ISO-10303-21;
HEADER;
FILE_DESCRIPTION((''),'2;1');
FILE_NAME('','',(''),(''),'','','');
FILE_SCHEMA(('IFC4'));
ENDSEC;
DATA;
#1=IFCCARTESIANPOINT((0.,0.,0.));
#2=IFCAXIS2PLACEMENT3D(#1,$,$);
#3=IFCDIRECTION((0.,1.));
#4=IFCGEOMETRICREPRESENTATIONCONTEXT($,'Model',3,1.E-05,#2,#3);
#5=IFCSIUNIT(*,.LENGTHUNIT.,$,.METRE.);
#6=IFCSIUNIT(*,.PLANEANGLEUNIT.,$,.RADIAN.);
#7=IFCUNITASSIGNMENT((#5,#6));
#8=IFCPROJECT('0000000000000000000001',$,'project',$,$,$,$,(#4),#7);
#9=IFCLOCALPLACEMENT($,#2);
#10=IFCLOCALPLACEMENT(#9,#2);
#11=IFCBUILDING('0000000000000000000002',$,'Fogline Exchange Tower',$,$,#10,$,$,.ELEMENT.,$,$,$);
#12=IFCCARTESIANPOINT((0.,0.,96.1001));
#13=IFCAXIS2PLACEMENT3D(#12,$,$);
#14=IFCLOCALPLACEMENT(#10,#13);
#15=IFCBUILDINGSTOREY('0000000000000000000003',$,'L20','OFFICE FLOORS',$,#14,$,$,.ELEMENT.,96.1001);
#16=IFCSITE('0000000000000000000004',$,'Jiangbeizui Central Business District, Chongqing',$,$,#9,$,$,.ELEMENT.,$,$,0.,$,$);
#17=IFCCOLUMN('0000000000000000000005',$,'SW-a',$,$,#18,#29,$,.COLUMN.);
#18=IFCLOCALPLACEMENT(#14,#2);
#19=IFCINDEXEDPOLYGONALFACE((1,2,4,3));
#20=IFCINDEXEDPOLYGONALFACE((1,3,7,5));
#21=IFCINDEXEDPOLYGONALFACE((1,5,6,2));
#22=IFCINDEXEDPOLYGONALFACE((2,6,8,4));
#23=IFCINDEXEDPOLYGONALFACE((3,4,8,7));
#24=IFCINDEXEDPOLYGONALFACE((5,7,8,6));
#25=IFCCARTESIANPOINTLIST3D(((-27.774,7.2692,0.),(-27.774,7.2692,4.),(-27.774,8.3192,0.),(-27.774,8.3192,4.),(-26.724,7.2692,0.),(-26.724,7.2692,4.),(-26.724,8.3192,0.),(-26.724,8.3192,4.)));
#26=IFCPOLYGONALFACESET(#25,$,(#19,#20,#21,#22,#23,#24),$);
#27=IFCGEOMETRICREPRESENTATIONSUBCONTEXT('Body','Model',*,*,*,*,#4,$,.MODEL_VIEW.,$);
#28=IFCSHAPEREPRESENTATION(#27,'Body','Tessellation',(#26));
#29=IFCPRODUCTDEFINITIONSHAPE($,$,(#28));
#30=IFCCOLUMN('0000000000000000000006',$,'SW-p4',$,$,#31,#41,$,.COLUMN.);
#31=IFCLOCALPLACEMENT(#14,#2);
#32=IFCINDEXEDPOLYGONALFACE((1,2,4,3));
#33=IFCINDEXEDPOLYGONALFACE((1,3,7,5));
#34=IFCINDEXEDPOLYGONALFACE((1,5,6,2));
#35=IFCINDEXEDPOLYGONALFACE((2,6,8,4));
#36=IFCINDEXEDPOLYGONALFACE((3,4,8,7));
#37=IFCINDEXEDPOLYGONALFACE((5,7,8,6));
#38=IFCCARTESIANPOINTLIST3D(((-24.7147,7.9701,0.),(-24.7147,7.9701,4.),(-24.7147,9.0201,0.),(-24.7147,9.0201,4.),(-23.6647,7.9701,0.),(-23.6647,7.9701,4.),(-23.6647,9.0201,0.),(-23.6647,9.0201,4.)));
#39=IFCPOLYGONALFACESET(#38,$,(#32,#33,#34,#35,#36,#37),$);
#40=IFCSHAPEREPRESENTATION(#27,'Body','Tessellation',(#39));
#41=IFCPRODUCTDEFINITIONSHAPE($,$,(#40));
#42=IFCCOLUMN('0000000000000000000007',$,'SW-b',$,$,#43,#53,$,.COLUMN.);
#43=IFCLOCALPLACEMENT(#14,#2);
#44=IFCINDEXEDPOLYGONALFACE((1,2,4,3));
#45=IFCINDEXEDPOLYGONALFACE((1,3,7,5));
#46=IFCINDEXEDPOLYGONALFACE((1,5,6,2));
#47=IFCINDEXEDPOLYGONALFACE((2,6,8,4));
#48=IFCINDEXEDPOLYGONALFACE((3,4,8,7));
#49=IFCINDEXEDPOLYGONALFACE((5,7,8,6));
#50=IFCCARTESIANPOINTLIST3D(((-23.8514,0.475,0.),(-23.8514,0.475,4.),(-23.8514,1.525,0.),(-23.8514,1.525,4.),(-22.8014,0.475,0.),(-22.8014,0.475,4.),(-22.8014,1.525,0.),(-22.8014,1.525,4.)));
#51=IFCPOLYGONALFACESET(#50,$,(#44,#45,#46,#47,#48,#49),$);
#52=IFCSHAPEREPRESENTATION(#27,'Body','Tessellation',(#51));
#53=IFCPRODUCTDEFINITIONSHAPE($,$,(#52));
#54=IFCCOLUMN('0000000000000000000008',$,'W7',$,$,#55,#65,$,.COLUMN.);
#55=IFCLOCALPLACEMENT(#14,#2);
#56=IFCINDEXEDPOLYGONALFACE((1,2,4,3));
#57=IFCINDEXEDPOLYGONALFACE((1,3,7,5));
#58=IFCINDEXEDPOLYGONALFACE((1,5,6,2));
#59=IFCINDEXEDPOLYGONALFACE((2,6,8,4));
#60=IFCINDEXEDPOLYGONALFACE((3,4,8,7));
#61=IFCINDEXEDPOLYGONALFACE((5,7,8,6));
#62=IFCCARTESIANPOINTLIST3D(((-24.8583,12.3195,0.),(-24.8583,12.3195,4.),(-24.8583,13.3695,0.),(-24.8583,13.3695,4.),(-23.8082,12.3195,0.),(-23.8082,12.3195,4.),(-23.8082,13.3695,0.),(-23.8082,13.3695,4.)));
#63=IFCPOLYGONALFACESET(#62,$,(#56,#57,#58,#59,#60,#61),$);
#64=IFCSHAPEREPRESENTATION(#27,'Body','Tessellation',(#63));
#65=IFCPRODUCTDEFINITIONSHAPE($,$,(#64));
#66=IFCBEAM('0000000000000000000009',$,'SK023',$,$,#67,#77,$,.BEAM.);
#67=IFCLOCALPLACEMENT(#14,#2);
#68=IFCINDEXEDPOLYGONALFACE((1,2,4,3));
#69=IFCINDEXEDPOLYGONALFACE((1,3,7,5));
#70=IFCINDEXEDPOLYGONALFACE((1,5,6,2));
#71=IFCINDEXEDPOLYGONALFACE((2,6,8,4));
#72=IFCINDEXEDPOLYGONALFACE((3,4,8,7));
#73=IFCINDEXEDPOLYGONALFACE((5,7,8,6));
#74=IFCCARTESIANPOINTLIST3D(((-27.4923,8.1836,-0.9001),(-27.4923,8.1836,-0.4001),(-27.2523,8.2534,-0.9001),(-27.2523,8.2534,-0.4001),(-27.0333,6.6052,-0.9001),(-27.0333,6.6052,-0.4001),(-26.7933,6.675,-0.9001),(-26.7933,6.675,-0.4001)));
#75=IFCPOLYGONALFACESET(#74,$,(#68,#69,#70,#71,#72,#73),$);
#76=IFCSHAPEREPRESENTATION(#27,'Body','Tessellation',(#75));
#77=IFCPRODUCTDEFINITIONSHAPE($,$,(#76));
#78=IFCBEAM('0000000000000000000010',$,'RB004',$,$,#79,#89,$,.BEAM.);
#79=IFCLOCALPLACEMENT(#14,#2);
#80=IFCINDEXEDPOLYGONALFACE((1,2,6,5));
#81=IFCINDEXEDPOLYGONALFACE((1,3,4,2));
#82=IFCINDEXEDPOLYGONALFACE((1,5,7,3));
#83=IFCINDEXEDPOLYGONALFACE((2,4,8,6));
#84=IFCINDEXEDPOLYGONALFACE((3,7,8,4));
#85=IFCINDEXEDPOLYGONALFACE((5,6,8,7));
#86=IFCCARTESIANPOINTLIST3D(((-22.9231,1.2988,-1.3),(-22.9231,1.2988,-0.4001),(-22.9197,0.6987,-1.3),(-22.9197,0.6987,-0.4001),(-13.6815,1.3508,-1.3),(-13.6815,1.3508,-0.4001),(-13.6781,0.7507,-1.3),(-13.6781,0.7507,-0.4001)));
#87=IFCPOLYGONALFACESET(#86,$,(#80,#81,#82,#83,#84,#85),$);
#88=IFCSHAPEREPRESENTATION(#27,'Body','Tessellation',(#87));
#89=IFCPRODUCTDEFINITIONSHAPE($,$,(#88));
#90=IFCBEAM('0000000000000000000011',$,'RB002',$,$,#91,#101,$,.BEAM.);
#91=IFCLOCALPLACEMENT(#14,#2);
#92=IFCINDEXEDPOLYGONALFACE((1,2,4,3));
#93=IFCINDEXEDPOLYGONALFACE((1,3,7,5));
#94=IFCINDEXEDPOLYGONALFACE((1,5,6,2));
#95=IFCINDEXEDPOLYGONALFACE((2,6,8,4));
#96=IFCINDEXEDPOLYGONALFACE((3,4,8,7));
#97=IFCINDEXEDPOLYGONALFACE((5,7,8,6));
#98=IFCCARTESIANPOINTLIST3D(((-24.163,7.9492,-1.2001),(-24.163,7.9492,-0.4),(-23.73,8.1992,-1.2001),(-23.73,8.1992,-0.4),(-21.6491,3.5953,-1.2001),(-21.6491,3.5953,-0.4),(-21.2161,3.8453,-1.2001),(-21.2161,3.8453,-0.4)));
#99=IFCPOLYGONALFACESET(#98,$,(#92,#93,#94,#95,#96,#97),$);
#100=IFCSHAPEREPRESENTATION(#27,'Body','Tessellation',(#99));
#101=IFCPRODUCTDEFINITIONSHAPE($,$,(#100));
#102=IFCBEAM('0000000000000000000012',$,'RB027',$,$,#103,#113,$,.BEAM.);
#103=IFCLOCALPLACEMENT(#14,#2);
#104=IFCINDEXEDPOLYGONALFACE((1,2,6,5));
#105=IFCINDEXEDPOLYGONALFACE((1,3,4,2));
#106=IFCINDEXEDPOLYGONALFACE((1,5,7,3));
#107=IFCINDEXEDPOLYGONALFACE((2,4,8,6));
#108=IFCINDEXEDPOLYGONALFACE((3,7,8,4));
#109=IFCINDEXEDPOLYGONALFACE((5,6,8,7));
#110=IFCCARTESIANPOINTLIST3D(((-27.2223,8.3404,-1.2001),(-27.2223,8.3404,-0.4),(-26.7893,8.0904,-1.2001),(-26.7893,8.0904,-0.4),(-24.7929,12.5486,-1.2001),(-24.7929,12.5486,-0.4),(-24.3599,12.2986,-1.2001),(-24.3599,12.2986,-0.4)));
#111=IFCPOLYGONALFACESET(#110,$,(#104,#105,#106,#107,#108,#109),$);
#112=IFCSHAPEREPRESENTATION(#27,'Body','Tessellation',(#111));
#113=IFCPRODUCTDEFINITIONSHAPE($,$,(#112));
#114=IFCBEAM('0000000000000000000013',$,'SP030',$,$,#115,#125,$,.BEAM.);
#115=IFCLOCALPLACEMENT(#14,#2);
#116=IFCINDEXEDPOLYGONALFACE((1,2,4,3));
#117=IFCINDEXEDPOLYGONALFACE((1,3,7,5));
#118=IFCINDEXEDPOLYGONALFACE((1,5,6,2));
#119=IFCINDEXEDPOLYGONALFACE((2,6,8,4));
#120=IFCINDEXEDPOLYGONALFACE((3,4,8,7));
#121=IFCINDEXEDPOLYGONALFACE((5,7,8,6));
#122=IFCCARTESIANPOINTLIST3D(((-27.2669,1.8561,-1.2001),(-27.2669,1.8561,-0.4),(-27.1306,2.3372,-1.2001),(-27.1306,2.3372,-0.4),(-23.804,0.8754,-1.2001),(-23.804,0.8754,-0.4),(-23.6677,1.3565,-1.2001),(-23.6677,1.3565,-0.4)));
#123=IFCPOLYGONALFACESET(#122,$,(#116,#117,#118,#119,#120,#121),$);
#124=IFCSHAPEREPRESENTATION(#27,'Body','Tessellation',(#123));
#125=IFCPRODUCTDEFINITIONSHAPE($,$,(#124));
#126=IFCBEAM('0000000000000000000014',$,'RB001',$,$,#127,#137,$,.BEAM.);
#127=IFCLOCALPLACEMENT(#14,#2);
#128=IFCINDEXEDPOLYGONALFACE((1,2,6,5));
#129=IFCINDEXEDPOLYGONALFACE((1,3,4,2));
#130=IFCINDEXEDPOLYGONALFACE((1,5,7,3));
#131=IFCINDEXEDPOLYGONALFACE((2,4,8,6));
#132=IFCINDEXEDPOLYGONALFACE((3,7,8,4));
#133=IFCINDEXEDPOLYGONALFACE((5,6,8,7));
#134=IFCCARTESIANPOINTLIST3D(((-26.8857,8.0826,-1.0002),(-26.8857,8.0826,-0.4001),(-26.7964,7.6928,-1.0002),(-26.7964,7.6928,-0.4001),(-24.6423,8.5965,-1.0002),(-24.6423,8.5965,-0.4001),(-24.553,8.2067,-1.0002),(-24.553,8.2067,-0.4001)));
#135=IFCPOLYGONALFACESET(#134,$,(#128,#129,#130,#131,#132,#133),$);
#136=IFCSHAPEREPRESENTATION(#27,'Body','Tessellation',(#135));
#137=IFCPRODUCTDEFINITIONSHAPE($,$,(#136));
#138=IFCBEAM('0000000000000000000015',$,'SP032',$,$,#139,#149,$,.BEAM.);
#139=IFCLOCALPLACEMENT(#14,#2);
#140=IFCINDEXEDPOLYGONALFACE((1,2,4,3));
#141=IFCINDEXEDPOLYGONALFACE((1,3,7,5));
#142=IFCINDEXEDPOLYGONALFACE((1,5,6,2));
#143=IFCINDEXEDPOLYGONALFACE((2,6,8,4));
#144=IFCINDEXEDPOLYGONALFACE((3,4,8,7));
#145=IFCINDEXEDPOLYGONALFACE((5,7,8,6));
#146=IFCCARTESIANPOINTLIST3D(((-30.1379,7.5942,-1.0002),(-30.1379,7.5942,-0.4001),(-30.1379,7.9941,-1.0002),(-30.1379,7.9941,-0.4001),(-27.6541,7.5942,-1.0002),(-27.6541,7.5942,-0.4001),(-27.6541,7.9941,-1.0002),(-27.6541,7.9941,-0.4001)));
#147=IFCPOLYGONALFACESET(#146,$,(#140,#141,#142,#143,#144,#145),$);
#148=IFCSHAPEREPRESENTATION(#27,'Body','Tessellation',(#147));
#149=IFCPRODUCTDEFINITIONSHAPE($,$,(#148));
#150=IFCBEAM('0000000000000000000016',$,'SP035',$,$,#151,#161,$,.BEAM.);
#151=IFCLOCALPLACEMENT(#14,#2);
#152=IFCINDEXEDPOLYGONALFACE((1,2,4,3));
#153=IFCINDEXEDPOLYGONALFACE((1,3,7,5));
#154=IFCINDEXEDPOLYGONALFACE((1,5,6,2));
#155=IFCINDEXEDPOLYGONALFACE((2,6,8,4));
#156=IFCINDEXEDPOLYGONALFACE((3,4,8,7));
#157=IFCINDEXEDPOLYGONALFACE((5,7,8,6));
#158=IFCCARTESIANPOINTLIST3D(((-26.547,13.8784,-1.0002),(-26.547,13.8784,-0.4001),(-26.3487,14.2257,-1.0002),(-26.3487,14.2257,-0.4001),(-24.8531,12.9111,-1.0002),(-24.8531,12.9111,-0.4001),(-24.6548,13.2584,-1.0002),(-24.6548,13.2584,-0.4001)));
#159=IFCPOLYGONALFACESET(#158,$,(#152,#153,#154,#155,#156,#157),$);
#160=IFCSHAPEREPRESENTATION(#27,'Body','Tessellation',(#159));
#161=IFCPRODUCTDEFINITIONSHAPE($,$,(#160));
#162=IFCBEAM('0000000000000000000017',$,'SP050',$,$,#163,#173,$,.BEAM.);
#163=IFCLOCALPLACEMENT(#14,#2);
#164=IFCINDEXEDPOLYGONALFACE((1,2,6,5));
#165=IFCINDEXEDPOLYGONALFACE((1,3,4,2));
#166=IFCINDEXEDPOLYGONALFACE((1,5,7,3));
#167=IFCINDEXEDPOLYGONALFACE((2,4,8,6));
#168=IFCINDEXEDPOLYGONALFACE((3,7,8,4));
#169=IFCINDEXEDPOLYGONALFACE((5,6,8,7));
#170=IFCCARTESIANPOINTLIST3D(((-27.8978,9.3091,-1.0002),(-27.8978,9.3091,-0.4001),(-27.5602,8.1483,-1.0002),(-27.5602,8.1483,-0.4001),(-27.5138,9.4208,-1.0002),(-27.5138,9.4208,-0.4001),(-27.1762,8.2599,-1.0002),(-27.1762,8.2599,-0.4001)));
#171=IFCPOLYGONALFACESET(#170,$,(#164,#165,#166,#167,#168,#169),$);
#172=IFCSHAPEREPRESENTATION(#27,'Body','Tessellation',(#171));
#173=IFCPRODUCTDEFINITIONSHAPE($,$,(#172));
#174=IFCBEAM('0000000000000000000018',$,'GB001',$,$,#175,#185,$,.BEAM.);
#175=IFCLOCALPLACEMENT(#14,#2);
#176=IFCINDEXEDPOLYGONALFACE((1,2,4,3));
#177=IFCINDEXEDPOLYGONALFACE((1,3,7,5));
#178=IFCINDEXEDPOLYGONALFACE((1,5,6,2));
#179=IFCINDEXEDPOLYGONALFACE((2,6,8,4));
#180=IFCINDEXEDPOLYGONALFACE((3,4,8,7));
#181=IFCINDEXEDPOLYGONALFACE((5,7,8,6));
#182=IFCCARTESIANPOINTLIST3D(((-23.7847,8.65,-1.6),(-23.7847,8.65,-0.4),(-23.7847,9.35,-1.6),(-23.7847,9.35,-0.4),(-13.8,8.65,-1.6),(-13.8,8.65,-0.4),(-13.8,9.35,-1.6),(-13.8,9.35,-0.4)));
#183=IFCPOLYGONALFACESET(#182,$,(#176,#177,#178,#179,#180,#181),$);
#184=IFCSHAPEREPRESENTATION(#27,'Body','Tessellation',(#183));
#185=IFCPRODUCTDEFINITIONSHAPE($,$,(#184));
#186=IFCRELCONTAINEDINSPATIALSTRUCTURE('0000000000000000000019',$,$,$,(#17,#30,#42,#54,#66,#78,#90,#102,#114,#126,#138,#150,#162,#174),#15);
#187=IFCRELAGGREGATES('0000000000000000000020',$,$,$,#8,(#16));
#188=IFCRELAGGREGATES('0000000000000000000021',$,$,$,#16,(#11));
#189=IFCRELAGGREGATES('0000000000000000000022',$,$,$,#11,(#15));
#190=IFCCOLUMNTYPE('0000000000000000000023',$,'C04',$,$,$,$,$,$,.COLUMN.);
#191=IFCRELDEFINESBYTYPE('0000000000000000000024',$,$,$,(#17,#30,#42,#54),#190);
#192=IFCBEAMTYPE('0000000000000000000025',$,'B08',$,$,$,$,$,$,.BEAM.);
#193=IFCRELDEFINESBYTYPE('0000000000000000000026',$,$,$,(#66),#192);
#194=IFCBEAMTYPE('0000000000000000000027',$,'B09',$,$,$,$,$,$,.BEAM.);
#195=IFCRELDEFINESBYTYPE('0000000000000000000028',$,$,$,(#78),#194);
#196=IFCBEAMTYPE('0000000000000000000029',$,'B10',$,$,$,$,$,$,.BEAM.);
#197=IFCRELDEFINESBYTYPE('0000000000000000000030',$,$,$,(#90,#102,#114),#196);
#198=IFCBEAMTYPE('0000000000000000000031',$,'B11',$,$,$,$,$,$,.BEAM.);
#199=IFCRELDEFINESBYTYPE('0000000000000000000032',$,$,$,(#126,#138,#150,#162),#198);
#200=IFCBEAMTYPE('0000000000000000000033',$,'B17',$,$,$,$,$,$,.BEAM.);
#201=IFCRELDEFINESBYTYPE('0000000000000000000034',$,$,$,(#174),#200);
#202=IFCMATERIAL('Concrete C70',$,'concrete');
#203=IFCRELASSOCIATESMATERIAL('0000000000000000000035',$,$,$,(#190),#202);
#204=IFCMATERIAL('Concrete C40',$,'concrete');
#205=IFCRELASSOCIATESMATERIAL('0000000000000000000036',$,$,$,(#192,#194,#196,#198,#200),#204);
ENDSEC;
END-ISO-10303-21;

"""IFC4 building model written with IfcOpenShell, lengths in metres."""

from ifc_helpers import new_model, si_unit, direction, frame, origin, origin_2d, place, context, subcontext, project, spatial, rectangle, extrude, material, material_profile, profile_set, type_object, element, save


model = new_model("IFC4")

# Units and contexts
model_context = context("Model", 3, precision=1e-05, world=origin(), true_north=direction((0.0, 1.0)))
body_context = subcontext(model_context, "Body", "Model", "MODEL_VIEW")
ifc_project = project(units=[si_unit("LENGTHUNIT", "METRE"), si_unit("PLANEANGLEUNIT", "RADIAN")], contexts=[model_context])

# Site, building, storey
site_placement = place(None, origin())
site = spatial("IfcSite", under=ifc_project, at=site_placement, Name="Jiangbeizui Central Business District, Chongqing", CompositionType="ELEMENT", RefElevation=0.0)
building_placement = place(site_placement, origin())
building = spatial("IfcBuilding", under=site, at=building_placement, Name="Fogline Exchange Tower", CompositionType="ELEMENT")
storey_placement = place(building_placement, frame((0.0, 0.0, 96.1001)))
storey = spatial("IfcBuildingStorey", under=building, at=storey_placement, Name="L20", Description="OFFICE FLOORS", CompositionType="ELEMENT", Elevation=96.1001)

# Columns
ifc_material_1 = material(Name="Concrete C70", Category="concrete")
ifc_material_profile_1 = material_profile(ifc_material_1, rectangle(XDim=1.05, YDim=1.05, at=origin_2d()), Name="RC 1050x1050")
ifc_profile_set_1 = profile_set([ifc_material_profile_1], Name="Concrete C70")
column_type = type_object("IfcColumnType", Name="C04", PredefinedType="COLUMN", material=ifc_profile_set_1)
for number, where, z_axis, x_axis, name in (
    (1, (-27.249, 7.7942, 0.0), (0.0, 0.0, 1.0), (1.0, 0.0, 0.0), "SW-a"),
    (2, (-24.1897, 8.4951, 0.0), (0.0, 0.0, 1.0), (1.0, 0.0, 0.0), "SW-p4"),
    (3, (-23.3264, 1.0, 0.0), (0.0, 0.0, 1.0), (1.0, 0.0, 0.0), "SW-b"),
    (4, (-24.3333, 12.8445, 0.0), (0.0, 0.0, 1.0), (1.0, 0.0, 0.0), "W7"),
):
    element("IfcColumn", number, at=place(storey_placement, frame(where, z_axis=z_axis, x_axis=x_axis)), inside=storey, type_object=column_type, Name=name, PredefinedType="COLUMN", context=body_context, shape_type="SweptSolid", body=[
        extrude(rectangle(XDim=1.05, YDim=1.05, at=origin_2d()), origin(), (0.0, 0.0, 1.0), 4.0),
    ])

# Beams
ifc_material_2 = material(Name="Concrete C40", Category="concrete")
ifc_material_profile_2 = material_profile(ifc_material_2, rectangle(XDim=0.25, YDim=0.5, at=origin_2d()), Name="RC 250x500")
ifc_profile_set_2 = profile_set([ifc_material_profile_2], Name="Concrete C40")
beam_type_1 = type_object("IfcBeamType", Name="B08", PredefinedType="BEAM", material=ifc_profile_set_2)
beam_1_placement = place(storey_placement, frame((-27.3723, 8.2185, -0.6501), z_axis=(0.27923, -0.960224, 0.0), x_axis=(0.960224, 0.27923, 0.0)))
element("IfcBeam", 5, at=beam_1_placement, inside=storey, type_object=beam_type_1, Name="SK023", PredefinedType="BEAM", context=body_context, shape_type="SweptSolid", body=[
    extrude(rectangle(XDim=0.25, YDim=0.5, at=origin_2d()), origin(), (0.0, 0.0, 1.0), 1.6438),
])
ifc_material_profile_3 = material_profile(ifc_material_2, rectangle(XDim=0.6001, YDim=0.8999, at=origin_2d()), Name="RC 600x900")
ifc_profile_set_3 = profile_set([ifc_material_profile_3], Name="Concrete C40")
beam_type_2 = type_object("IfcBeamType", Name="B09", PredefinedType="BEAM", material=ifc_profile_set_3)
beam_2_placement = place(storey_placement, frame((-22.9214, 0.9988, -0.8501), z_axis=(0.999984, 0.005627, 0.0), x_axis=(-0.005627, 0.999984, 0.0)))
element("IfcBeam", 6, at=beam_2_placement, inside=storey, type_object=beam_type_2, Name="RB004", PredefinedType="BEAM", context=body_context, shape_type="SweptSolid", body=[
    extrude(rectangle(XDim=0.6001, YDim=0.8999, at=origin_2d()), origin(), (0.0, 0.0, 1.0), 9.2417),
])
ifc_material_profile_4 = material_profile(ifc_material_2, rectangle(XDim=0.5, YDim=0.8, at=origin_2d()), Name="RC 500x800")
ifc_profile_set_4 = profile_set([ifc_material_profile_4], Name="Concrete C40")
beam_type_3 = type_object("IfcBeamType", Name="B10", PredefinedType="BEAM", material=ifc_profile_set_4)
beam_3_placement = place(storey_placement, frame((-23.9465, 8.0742, -0.8), z_axis=(0.500019, -0.866014, 0.0), x_axis=(0.866014, 0.500019, 0.0)))
element("IfcBeam", 7, at=beam_3_placement, inside=storey, type_object=beam_type_3, Name="RB002", PredefinedType="BEAM", context=body_context, shape_type="SweptSolid", body=[
    extrude(rectangle(XDim=0.5, YDim=0.8, at=origin_2d()), origin(), (0.0, 0.0, 1.0), 5.0276),
])
beam_4_placement = place(storey_placement, frame((-24.5764, 12.4236, -0.8), z_axis=(-0.49997, -0.866043, 0.0), x_axis=(0.866043, -0.49997, 0.0)))
element("IfcBeam", 8, at=beam_4_placement, inside=storey, type_object=beam_type_3, Name="RB027", PredefinedType="BEAM", context=body_context, shape_type="SweptSolid", body=[
    extrude(rectangle(XDim=0.5, YDim=0.8, at=origin_2d()), origin(), (0.0, 0.0, 1.0), 4.8591),
])
beam_5_placement = place(storey_placement, frame((-23.7358, 1.116, -0.8), z_axis=(-0.962159, 0.27249, 0.0), x_axis=(-0.27249, -0.962159, 0.0)))
element("IfcBeam", 9, at=beam_5_placement, inside=storey, type_object=beam_type_3, Name="SP030", PredefinedType="BEAM", context=body_context, shape_type="SweptSolid", body=[
    extrude(rectangle(XDim=0.5, YDim=0.8, at=origin_2d()), origin(), (0.0, 0.0, 1.0), 3.5991),
])
ifc_material_profile_5 = material_profile(ifc_material_2, rectangle(XDim=0.3999, YDim=0.6001, at=origin_2d()), Name="RC 400x600")
ifc_profile_set_5 = profile_set([ifc_material_profile_5], Name="Concrete C40")
beam_type_4 = type_object("IfcBeamType", Name="B11", PredefinedType="BEAM", material=ifc_profile_set_5)
beam_6_placement = place(storey_placement, frame((-26.8411, 7.8877, -0.7002), z_axis=(0.974751, 0.223294, 0.0), x_axis=(-0.223294, 0.974751, 0.0)))
element("IfcBeam", 10, at=beam_6_placement, inside=storey, type_object=beam_type_4, Name="RB001", PredefinedType="BEAM", context=body_context, shape_type="SweptSolid", body=[
    extrude(rectangle(XDim=0.3999, YDim=0.6001, at=origin_2d()), origin(), (0.0, 0.0, 1.0), 2.3015),
])
beam_7_placement = place(storey_placement, frame((-27.6541, 7.7942, -0.7002), z_axis=(-1.0, 0.0, 0.0), x_axis=(0.0, -1.0, 0.0)))
element("IfcBeam", 11, at=beam_7_placement, inside=storey, type_object=beam_type_4, Name="SP032", PredefinedType="BEAM", context=body_context, shape_type="SweptSolid", body=[
    extrude(rectangle(XDim=0.3999, YDim=0.6001, at=origin_2d()), origin(), (0.0, 0.0, 1.0), 2.4839),
])
beam_8_placement = place(storey_placement, frame((-24.7539, 13.0847, -0.7002), z_axis=(-0.868382, 0.495896, 0.0), x_axis=(-0.495896, -0.868382, 0.0)))
element("IfcBeam", 12, at=beam_8_placement, inside=storey, type_object=beam_type_4, Name="SP035", PredefinedType="BEAM", context=body_context, shape_type="SweptSolid", body=[
    extrude(rectangle(XDim=0.3999, YDim=0.6001, at=origin_2d()), origin(), (0.0, 0.0, 1.0), 1.9507),
])
beam_9_placement = place(storey_placement, frame((-27.3682, 8.2041, -0.7002), z_axis=(-0.279279, 0.96021, 0.0), x_axis=(-0.96021, -0.279279, 0.0)))
element("IfcBeam", 13, at=beam_9_placement, inside=storey, type_object=beam_type_4, Name="SP050", PredefinedType="BEAM", context=body_context, shape_type="SweptSolid", body=[
    extrude(rectangle(XDim=0.3999, YDim=0.6001, at=origin_2d()), origin(), (0.0, 0.0, 1.0), 1.209),
])
ifc_material_profile_6 = material_profile(ifc_material_2, rectangle(XDim=0.7, YDim=1.2, at=origin_2d()), Name="RC 700x1200")
ifc_profile_set_6 = profile_set([ifc_material_profile_6], Name="Concrete C40")
beam_type_5 = type_object("IfcBeamType", Name="B17", PredefinedType="BEAM", material=ifc_profile_set_6)
beam_10_placement = place(storey_placement, frame((-23.7847, 9.0, -1.0), z_axis=(1.0, 0.0, 0.0), x_axis=(0.0, 1.0, 0.0)))
element("IfcBeam", 14, at=beam_10_placement, inside=storey, type_object=beam_type_5, Name="GB001", PredefinedType="BEAM", context=body_context, shape_type="SweptSolid", body=[
    extrude(rectangle(XDim=0.7, YDim=1.2, at=origin_2d()), origin(), (0.0, 0.0, 1.0), 9.9846),
])

save(model, "model.ifc")
